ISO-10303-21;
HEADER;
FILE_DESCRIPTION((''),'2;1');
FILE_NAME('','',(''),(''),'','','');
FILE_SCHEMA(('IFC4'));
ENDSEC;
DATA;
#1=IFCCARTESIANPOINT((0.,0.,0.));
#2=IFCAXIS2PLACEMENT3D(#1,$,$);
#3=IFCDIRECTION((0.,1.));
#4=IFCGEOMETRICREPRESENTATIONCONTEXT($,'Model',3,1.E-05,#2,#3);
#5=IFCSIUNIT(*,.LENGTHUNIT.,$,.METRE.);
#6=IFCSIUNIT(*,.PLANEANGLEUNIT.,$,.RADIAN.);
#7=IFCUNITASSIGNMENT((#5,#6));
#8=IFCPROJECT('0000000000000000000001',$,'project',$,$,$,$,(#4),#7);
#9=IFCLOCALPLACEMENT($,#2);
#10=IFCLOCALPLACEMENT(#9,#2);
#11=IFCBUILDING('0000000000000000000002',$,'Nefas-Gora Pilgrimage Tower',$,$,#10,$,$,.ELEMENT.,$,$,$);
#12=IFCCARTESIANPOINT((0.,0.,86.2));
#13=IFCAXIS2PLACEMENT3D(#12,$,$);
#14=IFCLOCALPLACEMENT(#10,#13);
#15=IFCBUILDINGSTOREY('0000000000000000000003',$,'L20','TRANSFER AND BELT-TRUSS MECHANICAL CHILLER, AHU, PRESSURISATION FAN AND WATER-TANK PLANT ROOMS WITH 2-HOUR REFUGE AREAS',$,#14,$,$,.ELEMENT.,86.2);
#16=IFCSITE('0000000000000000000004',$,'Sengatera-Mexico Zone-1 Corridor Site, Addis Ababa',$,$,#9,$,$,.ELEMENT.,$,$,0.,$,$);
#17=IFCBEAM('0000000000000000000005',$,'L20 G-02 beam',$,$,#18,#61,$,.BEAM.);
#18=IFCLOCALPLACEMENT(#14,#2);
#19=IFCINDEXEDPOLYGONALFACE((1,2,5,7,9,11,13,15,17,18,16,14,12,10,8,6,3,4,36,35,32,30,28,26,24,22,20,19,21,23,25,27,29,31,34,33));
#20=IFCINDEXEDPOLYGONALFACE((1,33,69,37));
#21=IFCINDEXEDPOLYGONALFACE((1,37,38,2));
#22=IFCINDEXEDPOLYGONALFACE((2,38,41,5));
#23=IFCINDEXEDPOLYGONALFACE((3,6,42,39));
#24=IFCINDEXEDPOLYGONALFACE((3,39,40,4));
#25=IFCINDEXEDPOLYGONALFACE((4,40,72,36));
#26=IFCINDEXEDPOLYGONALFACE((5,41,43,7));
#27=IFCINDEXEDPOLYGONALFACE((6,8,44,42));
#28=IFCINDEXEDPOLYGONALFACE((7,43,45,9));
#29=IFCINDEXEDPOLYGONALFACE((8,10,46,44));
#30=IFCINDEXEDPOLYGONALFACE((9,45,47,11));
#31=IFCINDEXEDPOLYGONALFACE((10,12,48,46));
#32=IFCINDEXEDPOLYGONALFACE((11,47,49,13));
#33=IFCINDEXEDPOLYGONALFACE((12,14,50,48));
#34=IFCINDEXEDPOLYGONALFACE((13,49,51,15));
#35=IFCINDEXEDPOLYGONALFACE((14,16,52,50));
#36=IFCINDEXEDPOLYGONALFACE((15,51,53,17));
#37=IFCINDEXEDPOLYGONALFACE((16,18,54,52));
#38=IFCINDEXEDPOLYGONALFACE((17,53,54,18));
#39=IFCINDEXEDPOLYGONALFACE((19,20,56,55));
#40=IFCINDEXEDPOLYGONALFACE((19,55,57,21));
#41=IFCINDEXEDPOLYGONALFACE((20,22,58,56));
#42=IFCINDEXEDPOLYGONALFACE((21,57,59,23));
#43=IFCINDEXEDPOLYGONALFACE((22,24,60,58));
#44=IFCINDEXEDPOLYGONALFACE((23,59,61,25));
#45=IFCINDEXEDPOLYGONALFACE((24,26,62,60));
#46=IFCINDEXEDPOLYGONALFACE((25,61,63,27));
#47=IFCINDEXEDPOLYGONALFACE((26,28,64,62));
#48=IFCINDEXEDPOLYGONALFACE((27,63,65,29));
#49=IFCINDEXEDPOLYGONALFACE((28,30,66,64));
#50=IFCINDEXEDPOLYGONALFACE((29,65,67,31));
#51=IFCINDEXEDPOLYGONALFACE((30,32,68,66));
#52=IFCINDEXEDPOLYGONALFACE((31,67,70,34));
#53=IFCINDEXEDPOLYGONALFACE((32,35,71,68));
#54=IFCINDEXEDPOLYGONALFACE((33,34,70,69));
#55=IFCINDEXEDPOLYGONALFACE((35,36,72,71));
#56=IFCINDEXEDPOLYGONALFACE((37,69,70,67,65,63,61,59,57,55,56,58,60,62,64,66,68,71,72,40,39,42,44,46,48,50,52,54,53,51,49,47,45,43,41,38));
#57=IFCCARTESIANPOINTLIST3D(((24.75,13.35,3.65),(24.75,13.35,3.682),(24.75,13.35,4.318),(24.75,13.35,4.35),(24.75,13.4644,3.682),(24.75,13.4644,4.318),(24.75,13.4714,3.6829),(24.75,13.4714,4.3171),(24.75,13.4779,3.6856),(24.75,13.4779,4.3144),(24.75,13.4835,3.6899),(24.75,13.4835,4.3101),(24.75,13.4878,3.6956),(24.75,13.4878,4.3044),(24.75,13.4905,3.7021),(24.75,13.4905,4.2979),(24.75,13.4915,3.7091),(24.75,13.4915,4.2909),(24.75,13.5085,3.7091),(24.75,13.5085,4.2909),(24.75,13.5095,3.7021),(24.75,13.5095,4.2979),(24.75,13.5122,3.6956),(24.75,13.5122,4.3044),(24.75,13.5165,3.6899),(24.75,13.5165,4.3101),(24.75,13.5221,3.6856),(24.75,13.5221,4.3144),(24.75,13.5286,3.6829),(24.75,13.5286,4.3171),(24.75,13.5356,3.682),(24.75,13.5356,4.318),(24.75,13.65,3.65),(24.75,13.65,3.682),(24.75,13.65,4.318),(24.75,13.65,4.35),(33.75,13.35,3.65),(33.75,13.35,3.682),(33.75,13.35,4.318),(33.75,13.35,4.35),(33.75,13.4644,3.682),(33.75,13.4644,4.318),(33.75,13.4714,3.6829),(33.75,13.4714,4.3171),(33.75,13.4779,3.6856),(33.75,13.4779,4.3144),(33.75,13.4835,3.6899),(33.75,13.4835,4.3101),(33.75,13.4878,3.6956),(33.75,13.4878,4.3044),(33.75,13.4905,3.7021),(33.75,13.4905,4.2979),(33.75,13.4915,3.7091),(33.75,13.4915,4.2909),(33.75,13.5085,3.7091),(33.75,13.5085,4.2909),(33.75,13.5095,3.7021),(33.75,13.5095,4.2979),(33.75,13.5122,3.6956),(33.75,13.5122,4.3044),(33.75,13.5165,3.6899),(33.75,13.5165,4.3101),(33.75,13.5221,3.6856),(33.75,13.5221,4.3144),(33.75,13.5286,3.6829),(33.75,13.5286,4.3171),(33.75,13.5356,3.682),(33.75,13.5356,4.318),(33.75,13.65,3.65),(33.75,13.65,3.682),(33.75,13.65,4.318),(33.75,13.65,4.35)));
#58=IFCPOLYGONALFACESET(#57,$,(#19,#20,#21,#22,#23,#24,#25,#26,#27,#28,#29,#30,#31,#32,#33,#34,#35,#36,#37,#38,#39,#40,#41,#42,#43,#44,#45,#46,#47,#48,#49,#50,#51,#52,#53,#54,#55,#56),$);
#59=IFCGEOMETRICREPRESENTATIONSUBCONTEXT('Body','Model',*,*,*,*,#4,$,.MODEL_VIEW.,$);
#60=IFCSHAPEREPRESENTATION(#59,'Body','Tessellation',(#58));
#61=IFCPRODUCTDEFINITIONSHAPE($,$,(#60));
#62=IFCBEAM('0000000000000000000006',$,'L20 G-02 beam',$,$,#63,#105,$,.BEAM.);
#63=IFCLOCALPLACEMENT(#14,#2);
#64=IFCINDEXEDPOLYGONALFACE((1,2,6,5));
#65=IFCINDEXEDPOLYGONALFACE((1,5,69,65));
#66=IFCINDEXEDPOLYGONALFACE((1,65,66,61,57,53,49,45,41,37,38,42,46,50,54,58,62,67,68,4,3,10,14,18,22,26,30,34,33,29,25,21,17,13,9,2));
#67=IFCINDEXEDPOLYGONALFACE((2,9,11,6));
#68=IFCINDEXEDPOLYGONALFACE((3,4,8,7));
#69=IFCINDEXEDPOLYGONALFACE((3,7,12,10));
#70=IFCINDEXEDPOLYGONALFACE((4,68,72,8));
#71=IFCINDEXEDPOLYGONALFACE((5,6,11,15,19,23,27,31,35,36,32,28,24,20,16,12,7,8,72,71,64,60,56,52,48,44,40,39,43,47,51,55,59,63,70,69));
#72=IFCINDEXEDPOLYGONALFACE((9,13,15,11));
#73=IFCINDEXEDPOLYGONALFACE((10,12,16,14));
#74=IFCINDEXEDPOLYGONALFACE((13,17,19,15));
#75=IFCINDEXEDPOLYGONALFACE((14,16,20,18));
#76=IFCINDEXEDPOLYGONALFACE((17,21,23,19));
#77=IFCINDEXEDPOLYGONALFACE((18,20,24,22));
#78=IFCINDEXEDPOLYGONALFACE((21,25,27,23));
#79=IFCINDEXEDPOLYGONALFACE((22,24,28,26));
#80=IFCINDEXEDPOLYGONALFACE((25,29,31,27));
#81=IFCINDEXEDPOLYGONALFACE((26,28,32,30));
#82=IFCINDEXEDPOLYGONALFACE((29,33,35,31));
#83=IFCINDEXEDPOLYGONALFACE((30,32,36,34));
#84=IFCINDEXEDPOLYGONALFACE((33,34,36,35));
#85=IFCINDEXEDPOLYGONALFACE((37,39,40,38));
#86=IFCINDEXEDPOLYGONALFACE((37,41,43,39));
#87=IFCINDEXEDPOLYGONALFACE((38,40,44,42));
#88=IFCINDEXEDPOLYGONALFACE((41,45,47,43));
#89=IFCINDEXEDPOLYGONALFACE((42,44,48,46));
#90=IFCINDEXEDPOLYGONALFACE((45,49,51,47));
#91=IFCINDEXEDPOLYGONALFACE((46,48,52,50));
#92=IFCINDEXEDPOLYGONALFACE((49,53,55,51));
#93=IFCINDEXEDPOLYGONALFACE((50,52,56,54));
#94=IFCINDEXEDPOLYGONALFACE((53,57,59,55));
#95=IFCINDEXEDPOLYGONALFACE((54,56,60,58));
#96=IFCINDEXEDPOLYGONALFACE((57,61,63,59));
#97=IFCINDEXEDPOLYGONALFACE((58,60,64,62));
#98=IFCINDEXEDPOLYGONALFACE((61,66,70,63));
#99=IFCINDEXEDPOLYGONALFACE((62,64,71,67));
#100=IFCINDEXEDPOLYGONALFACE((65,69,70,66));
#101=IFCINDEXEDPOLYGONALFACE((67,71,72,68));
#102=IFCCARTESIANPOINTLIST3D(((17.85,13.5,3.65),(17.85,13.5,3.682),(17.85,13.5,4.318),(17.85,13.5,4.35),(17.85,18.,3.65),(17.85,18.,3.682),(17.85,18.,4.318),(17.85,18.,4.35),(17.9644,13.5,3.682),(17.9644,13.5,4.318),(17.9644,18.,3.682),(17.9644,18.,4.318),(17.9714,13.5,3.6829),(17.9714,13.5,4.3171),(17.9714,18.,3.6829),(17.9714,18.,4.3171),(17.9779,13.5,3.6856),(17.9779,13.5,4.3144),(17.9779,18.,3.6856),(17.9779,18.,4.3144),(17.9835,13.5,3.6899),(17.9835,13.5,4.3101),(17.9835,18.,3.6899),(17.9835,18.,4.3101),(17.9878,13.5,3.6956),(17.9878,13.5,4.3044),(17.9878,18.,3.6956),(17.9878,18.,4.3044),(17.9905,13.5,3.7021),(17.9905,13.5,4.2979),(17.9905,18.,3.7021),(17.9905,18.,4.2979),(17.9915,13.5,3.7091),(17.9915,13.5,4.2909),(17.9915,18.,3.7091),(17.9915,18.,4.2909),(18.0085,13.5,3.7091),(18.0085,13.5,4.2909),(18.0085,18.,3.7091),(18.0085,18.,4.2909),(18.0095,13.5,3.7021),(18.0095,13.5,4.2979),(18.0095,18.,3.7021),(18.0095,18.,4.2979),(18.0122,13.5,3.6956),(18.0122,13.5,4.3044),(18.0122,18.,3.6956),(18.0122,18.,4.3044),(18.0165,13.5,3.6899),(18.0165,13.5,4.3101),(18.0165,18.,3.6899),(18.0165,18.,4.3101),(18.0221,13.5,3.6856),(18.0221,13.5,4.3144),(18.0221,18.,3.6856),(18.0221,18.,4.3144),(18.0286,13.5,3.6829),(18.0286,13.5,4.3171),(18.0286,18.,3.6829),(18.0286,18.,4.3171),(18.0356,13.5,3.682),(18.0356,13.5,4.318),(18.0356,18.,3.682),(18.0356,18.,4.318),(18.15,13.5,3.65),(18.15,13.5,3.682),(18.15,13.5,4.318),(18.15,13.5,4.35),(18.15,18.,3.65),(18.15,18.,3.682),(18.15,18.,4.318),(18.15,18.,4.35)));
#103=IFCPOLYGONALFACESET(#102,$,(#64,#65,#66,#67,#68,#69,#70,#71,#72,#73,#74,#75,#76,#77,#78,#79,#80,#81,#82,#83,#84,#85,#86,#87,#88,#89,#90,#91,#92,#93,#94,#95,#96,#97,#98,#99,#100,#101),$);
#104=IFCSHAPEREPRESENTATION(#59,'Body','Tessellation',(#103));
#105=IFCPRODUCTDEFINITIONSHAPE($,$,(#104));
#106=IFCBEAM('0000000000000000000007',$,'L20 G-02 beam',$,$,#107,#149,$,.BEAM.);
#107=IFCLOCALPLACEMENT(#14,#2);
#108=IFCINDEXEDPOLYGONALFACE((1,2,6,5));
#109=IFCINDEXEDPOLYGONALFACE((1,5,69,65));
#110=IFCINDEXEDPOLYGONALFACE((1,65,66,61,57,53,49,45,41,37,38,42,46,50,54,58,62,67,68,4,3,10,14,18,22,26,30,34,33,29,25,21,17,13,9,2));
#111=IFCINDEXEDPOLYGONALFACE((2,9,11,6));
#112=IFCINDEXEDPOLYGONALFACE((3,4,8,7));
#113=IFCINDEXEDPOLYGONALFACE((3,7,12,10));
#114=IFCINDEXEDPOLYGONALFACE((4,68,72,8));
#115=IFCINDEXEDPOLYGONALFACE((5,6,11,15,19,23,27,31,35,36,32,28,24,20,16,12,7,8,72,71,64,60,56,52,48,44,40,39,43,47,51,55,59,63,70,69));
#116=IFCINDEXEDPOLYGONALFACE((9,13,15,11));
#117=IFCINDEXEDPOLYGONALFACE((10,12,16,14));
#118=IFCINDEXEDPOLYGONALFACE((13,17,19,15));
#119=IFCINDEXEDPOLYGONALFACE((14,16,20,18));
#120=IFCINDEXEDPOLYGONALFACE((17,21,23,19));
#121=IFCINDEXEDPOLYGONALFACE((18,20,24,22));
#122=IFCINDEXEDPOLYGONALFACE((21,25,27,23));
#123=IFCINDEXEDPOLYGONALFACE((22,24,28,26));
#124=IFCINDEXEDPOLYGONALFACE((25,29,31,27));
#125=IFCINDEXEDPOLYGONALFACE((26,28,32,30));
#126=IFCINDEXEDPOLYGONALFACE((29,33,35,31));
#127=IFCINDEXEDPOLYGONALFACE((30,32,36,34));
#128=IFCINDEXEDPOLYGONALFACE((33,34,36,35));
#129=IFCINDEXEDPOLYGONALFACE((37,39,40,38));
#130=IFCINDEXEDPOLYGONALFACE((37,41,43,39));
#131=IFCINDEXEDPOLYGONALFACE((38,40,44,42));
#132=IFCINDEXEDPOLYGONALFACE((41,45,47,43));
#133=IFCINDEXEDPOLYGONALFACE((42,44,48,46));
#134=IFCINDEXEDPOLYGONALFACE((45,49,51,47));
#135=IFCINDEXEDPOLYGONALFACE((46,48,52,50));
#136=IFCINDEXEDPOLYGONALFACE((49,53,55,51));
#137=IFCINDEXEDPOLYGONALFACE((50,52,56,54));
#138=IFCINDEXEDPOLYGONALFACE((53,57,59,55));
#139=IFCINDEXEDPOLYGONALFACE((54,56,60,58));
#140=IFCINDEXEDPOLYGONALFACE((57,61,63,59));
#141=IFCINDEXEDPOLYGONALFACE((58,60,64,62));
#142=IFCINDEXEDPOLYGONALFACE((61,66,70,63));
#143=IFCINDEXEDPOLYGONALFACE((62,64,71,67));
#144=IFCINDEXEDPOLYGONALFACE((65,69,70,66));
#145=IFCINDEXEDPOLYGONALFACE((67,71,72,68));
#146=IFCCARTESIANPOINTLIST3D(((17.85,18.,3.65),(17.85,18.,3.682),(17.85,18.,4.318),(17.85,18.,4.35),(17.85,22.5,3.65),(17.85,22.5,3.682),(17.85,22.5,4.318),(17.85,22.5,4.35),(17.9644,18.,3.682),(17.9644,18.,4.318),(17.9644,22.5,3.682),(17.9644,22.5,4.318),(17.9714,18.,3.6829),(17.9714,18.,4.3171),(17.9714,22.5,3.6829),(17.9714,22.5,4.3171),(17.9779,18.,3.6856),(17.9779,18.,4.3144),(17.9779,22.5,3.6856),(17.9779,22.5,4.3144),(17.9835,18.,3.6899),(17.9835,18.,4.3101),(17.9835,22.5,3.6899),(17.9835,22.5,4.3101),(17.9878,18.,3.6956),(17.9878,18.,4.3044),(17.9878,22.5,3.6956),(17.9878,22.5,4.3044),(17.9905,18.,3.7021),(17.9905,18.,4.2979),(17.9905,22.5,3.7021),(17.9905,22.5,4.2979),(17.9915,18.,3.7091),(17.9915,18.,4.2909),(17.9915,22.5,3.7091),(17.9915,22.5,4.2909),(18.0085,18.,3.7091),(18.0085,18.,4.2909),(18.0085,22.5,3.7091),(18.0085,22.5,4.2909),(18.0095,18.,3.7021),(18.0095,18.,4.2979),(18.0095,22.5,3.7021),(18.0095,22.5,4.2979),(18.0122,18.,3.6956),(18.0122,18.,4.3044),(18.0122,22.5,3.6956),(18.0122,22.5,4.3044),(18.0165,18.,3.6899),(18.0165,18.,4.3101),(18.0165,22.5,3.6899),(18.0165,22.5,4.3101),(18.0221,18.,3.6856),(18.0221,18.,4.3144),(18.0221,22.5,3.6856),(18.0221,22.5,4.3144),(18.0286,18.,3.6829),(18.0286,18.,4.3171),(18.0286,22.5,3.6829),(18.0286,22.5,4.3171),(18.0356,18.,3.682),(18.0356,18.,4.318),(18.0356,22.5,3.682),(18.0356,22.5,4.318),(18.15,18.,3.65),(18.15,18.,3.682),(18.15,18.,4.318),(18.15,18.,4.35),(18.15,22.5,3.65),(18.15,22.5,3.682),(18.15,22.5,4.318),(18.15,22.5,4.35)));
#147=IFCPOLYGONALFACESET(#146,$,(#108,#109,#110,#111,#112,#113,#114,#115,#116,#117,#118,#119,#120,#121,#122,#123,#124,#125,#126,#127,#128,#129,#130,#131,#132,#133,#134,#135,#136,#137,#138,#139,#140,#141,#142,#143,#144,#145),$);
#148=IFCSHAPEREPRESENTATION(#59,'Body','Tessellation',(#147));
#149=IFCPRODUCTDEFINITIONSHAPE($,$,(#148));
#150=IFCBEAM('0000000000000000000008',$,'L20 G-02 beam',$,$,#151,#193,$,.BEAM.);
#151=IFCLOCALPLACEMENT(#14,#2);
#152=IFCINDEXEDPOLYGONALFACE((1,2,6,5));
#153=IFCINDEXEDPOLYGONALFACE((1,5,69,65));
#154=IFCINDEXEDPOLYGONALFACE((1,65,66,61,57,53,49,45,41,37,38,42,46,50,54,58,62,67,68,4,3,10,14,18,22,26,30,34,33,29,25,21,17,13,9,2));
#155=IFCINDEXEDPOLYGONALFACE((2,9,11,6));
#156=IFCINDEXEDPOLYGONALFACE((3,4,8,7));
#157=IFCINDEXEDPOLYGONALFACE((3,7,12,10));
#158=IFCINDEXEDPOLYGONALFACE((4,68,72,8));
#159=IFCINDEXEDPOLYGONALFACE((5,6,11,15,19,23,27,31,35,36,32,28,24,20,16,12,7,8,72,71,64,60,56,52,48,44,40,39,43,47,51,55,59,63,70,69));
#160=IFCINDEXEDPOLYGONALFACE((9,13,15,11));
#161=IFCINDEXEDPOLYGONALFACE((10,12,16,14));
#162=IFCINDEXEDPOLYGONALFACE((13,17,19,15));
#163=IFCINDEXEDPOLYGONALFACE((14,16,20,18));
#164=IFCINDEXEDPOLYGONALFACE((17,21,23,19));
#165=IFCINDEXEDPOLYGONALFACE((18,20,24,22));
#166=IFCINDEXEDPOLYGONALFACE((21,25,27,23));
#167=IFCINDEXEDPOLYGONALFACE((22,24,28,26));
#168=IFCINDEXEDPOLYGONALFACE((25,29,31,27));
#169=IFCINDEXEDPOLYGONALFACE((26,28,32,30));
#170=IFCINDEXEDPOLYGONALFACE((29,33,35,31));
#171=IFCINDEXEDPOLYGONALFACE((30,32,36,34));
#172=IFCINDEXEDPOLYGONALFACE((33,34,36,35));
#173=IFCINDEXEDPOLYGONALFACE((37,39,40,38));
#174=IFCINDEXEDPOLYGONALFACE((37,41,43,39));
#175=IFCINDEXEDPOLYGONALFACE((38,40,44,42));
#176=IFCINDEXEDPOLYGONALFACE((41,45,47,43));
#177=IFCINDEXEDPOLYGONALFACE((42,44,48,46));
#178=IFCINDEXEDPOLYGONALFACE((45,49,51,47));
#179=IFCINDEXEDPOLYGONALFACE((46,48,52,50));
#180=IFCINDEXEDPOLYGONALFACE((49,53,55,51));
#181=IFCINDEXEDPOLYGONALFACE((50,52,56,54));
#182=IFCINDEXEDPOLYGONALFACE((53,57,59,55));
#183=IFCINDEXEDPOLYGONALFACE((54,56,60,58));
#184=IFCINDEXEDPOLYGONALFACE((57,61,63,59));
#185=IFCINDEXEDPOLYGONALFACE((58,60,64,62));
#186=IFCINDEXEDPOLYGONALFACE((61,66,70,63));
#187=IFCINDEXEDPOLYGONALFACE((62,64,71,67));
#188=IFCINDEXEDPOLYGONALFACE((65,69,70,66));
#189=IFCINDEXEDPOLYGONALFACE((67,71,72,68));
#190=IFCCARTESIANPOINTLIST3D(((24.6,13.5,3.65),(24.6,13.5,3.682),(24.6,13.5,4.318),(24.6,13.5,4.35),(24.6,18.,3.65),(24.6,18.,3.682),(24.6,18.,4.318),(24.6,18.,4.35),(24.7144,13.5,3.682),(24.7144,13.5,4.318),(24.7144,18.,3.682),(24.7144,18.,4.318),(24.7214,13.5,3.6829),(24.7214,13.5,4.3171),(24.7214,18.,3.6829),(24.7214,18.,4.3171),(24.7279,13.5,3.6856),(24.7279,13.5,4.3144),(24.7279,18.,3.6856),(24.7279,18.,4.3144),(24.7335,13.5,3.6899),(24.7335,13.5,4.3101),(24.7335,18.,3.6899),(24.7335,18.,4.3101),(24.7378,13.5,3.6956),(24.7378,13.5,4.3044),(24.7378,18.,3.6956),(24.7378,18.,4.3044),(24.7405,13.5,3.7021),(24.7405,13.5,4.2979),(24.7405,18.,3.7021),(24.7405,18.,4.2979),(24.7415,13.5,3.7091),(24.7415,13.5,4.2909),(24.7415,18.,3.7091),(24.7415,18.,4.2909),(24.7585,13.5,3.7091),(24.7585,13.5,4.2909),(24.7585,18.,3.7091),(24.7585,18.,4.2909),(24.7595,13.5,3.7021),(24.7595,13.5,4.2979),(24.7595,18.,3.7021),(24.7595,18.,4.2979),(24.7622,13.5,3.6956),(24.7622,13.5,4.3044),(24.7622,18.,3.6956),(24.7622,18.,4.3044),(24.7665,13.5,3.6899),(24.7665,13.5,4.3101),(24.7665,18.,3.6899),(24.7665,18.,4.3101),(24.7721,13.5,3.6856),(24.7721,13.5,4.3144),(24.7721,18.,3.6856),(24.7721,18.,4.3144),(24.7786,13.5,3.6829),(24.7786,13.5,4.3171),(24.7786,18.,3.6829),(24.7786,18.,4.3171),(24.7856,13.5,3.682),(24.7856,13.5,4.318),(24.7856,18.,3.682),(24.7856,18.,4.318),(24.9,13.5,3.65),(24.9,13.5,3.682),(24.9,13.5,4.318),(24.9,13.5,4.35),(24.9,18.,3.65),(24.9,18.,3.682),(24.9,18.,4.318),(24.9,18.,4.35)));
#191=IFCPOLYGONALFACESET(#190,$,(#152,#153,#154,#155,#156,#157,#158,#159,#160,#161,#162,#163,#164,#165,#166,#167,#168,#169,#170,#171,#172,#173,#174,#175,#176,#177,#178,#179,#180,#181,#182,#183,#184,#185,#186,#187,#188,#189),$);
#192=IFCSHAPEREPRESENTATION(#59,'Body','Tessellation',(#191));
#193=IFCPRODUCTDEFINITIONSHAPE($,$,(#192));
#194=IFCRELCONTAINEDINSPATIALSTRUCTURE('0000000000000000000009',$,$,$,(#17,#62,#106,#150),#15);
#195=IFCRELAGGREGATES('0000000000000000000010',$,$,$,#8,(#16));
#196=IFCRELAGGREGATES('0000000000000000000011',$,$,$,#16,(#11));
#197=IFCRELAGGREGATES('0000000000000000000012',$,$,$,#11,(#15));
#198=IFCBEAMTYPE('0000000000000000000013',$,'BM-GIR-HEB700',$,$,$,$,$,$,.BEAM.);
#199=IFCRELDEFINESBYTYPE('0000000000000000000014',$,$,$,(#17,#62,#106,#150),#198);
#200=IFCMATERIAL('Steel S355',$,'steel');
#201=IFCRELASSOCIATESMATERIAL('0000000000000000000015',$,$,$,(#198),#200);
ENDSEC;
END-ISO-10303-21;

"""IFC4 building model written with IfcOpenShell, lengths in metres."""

from ifc_helpers import new_model, si_unit, direction, frame, origin, origin_2d, place, context, subcontext, project, spatial, i_section, extrude, source, transform, mapped, material, material_profile, profile_set, type_object, element, save


model = new_model("IFC4")

# Units and contexts
model_context = context("Model", 3, precision=1e-05, world=origin(), true_north=direction((0.0, 1.0)))
body_context = subcontext(model_context, "Body", "Model", "MODEL_VIEW")
ifc_project = project(units=[si_unit("LENGTHUNIT", "METRE"), si_unit("PLANEANGLEUNIT", "RADIAN")], contexts=[model_context])

# Site, building, storey
site_placement = place(None, origin())
site = spatial("IfcSite", under=ifc_project, at=site_placement, Name="Sengatera-Mexico Zone-1 Corridor Site, Addis Ababa", CompositionType="ELEMENT", RefElevation=0.0)
building_placement = place(site_placement, origin())
building = spatial("IfcBuilding", under=site, at=building_placement, Name="Nefas-Gora Pilgrimage Tower", CompositionType="ELEMENT")
storey_placement = place(building_placement, frame((0.0, 0.0, 86.2)))
storey = spatial("IfcBuildingStorey", under=building, at=storey_placement, Name="L20", Description="TRANSFER AND BELT-TRUSS MECHANICAL CHILLER, AHU, PRESSURISATION FAN AND WATER-TANK PLANT ROOMS WITH 2-HOUR REFUGE AREAS", CompositionType="ELEMENT", Elevation=86.2)

# Beams
ifc_material_1 = material(Name="Steel S355", Category="steel")
ifc_material_profile_1 = material_profile(ifc_material_1, i_section(OverallWidth=0.3, OverallDepth=0.7, WebThickness=0.0171, FlangeThickness=0.032, FilletRadius=0.0271, at=origin_2d()), Name="HEB 700")
ifc_profile_set_1 = profile_set([ifc_material_profile_1], Name="Steel S355")
beam_type_1 = type_object("IfcBeamType", Name="BM-GIR-HEB700", PredefinedType="BEAM", material=ifc_profile_set_1)
shared_shape_1 = source(origin(), body_context, "Body", "SweptSolid", [
    extrude(i_section(OverallWidth=0.3, OverallDepth=0.7, WebThickness=0.0171, FlangeThickness=0.032, FilletRadius=0.0271, at=origin_2d()), origin(), (0.0, 0.0, 1.0), 9.0),
])
beam_1_placement = place(storey_placement, frame((24.75, 13.5, 4.0), z_axis=(1.0, 0.0, 0.0), x_axis=(0.0, 1.0, 0.0)))
element("IfcBeam", 1, at=beam_1_placement, inside=storey, type_object=beam_type_1, Name="L20 G-02 beam", PredefinedType="BEAM", context=body_context, shape_type="MappedRepresentation", body=[
    mapped(shared_shape_1, transform((0.0, 0.0, 0.0), x_axis=(1.0, 0.0, 0.0), y_axis=(0.0, 1.0, 0.0), z_axis=(0.0, 0.0, 1.0), scale=1.0)),
])
shared_shape_2 = source(origin(), body_context, "Body", "SweptSolid", [
    extrude(i_section(OverallWidth=0.3, OverallDepth=0.7, WebThickness=0.0171, FlangeThickness=0.032, FilletRadius=0.0271, at=origin_2d()), origin(), (0.0, 0.0, 1.0), 4.5),
])
for number, where, z_axis, x_axis, name in (
    (2, (18.0, 13.5, 4.0), (0.0, 1.0, 0.0), (-1.0, 0.0, 0.0), "L20 G-02 beam"),
    (3, (18.0, 18.0, 4.0), (0.0, 1.0, 0.0), (-1.0, 0.0, 0.0), "L20 G-02 beam"),
    (4, (24.75, 13.5, 4.0), (0.0, 1.0, 0.0), (-1.0, 0.0, 0.0), "L20 G-02 beam"),
):
    element("IfcBeam", number, at=place(storey_placement, frame(where, z_axis=z_axis, x_axis=x_axis)), inside=storey, type_object=beam_type_1, Name=name, PredefinedType="BEAM", context=body_context, shape_type="MappedRepresentation", body=[
        mapped(shared_shape_2, transform((0.0, 0.0, 0.0), x_axis=(1.0, 0.0, 0.0), y_axis=(0.0, 1.0, 0.0), z_axis=(0.0, 0.0, 1.0), scale=1.0)),
    ])

save(model, "model.ifc")
